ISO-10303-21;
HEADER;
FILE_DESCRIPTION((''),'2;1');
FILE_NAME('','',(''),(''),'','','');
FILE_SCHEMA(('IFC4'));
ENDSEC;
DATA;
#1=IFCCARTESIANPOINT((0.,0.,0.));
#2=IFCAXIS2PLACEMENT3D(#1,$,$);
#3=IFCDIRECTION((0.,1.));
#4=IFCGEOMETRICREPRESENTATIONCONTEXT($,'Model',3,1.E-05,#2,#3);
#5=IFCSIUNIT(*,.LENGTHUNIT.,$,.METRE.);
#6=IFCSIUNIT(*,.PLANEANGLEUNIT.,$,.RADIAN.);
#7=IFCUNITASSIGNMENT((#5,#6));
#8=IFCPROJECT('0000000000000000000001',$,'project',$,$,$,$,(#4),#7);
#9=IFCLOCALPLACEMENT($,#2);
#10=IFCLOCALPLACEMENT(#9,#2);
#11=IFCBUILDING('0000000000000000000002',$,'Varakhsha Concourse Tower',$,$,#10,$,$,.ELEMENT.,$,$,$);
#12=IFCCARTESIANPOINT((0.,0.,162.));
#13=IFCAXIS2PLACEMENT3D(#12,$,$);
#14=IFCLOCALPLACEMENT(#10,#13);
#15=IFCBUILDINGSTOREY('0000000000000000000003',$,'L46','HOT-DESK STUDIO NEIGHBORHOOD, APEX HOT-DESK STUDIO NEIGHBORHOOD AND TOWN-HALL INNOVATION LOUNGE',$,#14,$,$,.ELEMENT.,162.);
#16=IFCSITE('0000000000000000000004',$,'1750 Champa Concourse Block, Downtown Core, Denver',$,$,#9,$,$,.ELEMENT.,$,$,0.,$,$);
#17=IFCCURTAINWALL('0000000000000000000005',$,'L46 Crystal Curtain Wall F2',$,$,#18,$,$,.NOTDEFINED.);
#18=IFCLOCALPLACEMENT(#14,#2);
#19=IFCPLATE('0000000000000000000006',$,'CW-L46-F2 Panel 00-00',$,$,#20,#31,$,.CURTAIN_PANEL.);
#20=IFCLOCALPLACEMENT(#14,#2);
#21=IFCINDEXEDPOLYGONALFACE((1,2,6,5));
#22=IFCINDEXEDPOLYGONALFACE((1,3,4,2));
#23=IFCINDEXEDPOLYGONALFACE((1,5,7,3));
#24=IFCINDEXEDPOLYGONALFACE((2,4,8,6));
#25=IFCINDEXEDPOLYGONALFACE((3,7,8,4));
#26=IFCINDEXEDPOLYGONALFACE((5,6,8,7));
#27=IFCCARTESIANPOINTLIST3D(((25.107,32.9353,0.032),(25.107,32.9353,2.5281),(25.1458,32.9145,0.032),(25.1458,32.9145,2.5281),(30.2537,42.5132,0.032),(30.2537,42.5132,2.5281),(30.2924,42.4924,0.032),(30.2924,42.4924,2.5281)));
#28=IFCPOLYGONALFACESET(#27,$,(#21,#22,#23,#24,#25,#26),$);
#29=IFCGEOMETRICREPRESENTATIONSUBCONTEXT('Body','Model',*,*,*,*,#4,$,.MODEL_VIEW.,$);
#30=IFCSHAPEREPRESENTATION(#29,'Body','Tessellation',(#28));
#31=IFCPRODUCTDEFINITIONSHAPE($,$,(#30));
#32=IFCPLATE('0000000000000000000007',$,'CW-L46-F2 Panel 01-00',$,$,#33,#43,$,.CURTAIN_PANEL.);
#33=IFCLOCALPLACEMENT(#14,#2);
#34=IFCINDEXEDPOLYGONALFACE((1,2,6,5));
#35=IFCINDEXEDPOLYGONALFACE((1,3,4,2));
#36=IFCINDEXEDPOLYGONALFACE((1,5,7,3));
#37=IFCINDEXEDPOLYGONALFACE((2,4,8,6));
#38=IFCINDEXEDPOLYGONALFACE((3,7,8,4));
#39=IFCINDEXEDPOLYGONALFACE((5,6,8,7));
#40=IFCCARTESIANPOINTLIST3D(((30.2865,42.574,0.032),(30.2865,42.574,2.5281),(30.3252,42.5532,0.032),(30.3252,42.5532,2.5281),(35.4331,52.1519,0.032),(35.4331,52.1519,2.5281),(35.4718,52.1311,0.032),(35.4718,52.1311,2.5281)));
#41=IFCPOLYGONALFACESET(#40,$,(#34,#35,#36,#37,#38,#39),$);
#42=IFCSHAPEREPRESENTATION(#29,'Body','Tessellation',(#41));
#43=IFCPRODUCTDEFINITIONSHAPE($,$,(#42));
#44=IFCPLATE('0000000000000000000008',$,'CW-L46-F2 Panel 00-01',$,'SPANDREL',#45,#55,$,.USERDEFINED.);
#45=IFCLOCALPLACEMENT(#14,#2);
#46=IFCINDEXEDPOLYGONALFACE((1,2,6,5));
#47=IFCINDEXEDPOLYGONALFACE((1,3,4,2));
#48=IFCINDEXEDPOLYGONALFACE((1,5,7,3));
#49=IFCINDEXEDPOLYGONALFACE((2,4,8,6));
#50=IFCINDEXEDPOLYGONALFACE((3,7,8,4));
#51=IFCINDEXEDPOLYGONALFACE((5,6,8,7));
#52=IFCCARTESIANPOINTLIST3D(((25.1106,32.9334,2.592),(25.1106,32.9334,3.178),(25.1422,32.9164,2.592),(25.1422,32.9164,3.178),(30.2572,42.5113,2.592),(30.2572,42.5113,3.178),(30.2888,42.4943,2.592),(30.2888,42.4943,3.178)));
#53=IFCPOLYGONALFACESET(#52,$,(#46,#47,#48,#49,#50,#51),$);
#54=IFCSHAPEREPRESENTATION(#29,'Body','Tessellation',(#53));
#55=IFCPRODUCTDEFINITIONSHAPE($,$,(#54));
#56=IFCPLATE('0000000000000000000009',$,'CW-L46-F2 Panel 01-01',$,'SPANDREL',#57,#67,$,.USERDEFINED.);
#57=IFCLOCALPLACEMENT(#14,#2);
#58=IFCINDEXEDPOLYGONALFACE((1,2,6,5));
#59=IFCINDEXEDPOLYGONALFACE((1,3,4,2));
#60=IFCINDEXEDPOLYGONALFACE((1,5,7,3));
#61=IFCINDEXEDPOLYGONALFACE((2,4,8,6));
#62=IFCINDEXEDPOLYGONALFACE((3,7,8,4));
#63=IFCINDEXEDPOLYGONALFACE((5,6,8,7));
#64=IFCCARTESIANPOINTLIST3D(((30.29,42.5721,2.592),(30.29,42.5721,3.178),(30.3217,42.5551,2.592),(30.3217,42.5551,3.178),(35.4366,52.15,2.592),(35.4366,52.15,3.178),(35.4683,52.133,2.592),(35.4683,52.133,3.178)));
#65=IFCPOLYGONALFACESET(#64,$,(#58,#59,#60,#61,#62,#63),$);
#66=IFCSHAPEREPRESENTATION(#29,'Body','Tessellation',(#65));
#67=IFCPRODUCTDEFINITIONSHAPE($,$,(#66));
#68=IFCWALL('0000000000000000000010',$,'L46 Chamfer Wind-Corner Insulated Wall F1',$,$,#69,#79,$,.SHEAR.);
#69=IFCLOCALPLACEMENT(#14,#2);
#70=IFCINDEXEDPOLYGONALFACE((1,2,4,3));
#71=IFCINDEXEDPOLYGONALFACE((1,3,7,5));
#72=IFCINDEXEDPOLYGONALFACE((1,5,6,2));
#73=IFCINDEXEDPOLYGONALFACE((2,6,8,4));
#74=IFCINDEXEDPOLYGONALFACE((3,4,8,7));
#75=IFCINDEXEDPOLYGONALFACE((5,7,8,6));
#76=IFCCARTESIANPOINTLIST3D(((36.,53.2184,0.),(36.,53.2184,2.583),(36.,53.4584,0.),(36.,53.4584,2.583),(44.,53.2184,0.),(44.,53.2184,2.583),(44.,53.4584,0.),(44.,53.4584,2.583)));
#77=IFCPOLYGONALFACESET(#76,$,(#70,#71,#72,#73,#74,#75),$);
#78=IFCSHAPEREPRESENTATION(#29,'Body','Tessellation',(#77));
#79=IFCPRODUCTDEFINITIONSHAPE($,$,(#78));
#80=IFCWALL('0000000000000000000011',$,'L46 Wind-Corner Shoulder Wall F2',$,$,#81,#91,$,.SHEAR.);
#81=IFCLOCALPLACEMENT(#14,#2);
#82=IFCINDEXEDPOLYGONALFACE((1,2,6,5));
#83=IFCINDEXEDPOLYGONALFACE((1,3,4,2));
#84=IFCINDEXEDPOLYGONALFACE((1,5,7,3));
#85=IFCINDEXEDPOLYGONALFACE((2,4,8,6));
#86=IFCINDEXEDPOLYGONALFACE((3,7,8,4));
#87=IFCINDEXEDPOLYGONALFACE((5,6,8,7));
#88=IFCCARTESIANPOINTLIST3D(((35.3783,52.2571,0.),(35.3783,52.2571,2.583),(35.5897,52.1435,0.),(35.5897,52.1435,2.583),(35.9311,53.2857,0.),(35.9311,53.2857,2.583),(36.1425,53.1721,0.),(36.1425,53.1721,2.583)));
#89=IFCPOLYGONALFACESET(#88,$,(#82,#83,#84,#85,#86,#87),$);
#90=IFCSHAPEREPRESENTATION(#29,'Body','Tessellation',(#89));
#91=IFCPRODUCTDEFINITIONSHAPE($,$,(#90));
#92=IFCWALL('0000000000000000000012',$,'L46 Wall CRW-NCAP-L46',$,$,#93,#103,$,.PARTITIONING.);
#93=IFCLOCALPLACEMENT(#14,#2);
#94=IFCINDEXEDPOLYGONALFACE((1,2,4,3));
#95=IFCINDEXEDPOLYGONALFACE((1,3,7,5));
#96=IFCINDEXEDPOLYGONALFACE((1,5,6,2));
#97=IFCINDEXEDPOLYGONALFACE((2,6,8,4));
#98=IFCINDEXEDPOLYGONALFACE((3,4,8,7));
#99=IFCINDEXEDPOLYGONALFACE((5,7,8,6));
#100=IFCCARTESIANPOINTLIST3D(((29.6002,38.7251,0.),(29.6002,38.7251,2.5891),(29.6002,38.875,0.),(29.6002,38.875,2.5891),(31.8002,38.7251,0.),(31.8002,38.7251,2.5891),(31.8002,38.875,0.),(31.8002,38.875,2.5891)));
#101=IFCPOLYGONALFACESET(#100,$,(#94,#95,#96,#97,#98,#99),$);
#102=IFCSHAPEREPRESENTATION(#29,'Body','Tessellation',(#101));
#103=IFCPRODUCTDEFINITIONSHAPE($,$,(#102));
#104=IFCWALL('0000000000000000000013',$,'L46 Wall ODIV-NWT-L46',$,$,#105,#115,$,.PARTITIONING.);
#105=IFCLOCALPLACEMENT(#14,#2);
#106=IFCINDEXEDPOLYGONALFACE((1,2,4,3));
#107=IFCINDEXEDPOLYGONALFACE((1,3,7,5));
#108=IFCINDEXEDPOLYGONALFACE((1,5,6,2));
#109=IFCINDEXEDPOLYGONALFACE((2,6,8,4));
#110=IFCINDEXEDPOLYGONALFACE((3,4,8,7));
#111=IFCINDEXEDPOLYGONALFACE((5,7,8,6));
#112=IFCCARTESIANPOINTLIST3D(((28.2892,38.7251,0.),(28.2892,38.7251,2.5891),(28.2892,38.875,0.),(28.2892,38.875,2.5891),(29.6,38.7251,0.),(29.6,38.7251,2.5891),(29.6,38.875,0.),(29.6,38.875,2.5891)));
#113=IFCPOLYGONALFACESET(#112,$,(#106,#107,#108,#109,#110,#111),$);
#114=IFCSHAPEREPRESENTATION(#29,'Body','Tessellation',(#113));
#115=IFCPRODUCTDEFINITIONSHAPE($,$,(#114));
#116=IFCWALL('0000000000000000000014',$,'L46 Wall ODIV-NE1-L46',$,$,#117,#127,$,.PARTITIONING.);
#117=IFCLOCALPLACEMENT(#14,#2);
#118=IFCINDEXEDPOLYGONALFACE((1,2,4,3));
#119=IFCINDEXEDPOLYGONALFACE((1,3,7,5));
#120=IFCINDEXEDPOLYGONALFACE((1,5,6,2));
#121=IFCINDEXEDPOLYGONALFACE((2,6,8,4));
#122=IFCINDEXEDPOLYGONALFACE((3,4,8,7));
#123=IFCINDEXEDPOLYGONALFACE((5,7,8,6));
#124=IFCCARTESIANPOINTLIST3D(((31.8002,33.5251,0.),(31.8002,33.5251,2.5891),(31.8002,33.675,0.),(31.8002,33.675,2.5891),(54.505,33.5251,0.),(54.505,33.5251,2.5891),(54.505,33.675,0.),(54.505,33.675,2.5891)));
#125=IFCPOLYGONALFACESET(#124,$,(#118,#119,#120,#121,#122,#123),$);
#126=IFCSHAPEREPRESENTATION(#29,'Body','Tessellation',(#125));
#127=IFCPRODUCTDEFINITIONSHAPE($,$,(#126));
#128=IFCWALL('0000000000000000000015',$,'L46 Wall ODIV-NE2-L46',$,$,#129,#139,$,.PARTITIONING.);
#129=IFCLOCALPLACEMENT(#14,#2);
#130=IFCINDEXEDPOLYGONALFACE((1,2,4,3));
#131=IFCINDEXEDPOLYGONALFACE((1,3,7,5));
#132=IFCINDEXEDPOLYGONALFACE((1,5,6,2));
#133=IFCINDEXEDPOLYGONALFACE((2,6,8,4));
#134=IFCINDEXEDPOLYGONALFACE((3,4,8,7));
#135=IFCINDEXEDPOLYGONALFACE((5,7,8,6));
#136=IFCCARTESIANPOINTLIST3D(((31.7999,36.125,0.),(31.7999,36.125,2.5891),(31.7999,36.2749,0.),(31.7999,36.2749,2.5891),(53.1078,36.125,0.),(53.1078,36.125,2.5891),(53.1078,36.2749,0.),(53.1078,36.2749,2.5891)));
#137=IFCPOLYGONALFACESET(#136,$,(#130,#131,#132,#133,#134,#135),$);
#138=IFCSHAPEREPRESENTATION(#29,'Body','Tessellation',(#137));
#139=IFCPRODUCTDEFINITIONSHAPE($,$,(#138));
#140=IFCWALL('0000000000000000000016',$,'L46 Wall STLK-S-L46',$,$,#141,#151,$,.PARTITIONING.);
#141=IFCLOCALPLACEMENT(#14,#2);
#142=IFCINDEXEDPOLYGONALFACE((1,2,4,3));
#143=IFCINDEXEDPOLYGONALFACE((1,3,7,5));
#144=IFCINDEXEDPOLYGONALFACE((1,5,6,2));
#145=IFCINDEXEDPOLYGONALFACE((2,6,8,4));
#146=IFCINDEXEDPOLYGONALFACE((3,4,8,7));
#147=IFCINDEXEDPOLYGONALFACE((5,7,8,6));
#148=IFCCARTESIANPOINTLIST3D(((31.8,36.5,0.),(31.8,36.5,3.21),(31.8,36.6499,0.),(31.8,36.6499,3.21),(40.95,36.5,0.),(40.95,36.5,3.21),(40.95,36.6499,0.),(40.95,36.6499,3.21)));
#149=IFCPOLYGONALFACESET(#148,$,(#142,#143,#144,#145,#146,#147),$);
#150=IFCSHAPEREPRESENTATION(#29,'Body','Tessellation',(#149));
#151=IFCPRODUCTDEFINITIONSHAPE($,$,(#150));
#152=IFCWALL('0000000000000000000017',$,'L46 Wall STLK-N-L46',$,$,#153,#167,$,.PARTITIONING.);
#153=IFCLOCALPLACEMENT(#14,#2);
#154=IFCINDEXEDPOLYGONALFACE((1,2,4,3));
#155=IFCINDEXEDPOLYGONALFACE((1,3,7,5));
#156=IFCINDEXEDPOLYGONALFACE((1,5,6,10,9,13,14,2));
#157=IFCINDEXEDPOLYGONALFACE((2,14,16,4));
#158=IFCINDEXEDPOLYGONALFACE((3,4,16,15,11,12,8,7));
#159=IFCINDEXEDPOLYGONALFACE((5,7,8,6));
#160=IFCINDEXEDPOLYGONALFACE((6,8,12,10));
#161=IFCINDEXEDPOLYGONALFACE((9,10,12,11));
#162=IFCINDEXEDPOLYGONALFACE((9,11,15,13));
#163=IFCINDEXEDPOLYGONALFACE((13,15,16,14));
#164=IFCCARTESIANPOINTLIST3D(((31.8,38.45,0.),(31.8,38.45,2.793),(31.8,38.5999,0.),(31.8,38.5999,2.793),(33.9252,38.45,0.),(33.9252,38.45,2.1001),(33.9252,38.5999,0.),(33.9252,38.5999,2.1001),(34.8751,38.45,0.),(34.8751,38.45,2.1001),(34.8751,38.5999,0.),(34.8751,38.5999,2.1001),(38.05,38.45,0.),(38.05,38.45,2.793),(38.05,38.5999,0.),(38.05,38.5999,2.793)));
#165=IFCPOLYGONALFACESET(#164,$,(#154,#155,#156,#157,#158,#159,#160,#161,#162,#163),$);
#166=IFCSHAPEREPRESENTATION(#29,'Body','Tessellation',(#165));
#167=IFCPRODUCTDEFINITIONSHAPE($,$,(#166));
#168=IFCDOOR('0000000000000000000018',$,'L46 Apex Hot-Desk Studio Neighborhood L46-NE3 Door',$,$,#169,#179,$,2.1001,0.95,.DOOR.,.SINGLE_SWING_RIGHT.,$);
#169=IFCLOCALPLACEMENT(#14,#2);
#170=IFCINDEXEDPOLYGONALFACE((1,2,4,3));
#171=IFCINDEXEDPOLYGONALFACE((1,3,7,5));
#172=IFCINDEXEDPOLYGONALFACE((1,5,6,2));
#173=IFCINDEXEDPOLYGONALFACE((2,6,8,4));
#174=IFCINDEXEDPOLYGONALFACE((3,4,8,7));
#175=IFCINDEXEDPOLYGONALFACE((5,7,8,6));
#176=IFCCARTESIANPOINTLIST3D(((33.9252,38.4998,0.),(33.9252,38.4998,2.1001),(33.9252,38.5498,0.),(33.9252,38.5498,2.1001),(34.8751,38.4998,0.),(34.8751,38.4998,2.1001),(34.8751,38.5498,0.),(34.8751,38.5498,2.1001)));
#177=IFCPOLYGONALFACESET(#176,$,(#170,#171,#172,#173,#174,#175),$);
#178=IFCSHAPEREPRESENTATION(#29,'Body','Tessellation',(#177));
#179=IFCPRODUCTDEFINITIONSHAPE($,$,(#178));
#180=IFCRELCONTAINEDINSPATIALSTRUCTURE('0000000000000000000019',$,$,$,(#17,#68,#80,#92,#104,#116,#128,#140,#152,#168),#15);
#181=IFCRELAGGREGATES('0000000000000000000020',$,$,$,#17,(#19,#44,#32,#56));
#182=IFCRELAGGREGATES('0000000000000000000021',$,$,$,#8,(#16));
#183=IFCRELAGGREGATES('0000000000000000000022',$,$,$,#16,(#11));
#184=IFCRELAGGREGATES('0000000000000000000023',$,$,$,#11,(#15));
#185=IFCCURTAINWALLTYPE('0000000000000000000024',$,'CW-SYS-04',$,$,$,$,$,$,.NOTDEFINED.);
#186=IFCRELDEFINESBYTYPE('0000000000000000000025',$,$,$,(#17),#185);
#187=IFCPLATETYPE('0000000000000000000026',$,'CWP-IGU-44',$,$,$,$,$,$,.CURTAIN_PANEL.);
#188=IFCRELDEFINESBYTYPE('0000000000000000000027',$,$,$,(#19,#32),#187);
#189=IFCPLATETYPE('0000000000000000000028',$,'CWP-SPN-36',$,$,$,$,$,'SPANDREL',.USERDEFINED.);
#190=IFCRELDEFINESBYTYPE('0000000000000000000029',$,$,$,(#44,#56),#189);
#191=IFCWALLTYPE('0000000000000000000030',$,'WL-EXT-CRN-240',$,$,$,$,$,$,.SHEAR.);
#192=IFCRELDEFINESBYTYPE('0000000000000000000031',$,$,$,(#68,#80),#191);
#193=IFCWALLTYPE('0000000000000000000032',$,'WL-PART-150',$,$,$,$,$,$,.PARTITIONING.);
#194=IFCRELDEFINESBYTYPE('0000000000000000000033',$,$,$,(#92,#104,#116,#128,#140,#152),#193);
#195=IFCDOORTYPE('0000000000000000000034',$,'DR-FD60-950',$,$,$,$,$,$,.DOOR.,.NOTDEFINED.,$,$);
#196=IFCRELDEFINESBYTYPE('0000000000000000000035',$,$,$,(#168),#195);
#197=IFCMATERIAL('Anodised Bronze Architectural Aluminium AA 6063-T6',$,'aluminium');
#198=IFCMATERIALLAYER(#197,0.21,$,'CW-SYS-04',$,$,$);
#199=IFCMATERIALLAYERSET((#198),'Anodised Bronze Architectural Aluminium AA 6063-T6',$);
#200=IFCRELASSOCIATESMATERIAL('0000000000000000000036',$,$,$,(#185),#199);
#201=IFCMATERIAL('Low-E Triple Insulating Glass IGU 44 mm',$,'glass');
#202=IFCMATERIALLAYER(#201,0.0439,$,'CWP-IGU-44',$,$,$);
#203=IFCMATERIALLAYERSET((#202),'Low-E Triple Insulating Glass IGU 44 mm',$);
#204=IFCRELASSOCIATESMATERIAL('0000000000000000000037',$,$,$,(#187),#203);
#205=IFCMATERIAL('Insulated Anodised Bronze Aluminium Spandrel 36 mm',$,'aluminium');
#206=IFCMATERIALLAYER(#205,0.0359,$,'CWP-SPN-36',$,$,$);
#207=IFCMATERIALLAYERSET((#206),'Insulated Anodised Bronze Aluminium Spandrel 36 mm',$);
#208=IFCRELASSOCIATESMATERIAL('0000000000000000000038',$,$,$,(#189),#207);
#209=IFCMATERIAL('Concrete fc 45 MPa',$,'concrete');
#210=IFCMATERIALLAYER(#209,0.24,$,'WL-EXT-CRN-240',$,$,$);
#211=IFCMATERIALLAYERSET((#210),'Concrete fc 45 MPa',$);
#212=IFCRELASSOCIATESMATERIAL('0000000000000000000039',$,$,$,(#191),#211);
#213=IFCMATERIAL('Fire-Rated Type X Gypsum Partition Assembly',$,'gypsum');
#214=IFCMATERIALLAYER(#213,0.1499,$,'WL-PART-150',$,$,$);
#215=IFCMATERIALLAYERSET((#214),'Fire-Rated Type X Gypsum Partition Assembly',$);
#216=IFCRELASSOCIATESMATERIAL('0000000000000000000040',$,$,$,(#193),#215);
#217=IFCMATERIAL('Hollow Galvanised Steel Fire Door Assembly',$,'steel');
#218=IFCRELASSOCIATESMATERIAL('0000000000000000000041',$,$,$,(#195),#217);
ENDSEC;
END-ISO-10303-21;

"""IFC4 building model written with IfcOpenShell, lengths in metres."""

from ifc_helpers import new_model, si_unit, direction, frame, frame_2d, origin, origin_2d, place, context, subcontext, project, spatial, rectangle, extrude, source, transform, mapped, material, layer, layer_set, type_object, type_shapes, element, fill, aggregate, save


model = new_model("IFC4")

# Units and contexts
model_context = context("Model", 3, precision=1e-05, world=origin(), true_north=direction((0.0, 1.0)))
body_context = subcontext(model_context, "Body", "Model", "MODEL_VIEW")
ifc_project = project(units=[si_unit("LENGTHUNIT", "METRE"), si_unit("PLANEANGLEUNIT", "RADIAN")], contexts=[model_context])

# Site, building, storey
site_placement = place(None, origin())
site = spatial("IfcSite", under=ifc_project, at=site_placement, Name="1750 Champa Concourse Block, Downtown Core, Denver", CompositionType="ELEMENT", RefElevation=0.0)
building_placement = place(site_placement, origin())
building = spatial("IfcBuilding", under=site, at=building_placement, Name="Varakhsha Concourse Tower", CompositionType="ELEMENT")
storey_placement = place(building_placement, frame((0.0, 0.0, 162.0)))
storey = spatial("IfcBuildingStorey", under=building, at=storey_placement, Name="L46", Description="HOT-DESK STUDIO NEIGHBORHOOD, APEX HOT-DESK STUDIO NEIGHBORHOOD AND TOWN-HALL INNOVATION LOUNGE", CompositionType="ELEMENT", Elevation=162.0)

# Curtain wall
ifc_material_1 = material(Name="Anodised Bronze Architectural Aluminium AA 6063-T6", Category="aluminium")
ifc_layer_1 = layer(ifc_material_1, 0.21, Name="CW-SYS-04")
ifc_layer_set_1 = layer_set([ifc_layer_1], Name="Anodised Bronze Architectural Aluminium AA 6063-T6")
curtain_wall_type = type_object("IfcCurtainWallType", Name="CW-SYS-04", PredefinedType="NOTDEFINED", material=ifc_layer_set_1)
curtain_wall_1_placement = place(storey_placement, origin())
curtain_wall_1 = element("IfcCurtainWall", 1, at=curtain_wall_1_placement, inside=storey, type_object=curtain_wall_type, Name="L46 Crystal Curtain Wall F2", PredefinedType="NOTDEFINED")

# Plates
ifc_material_2 = material(Name="Low-E Triple Insulating Glass IGU 44 mm", Category="glass")
ifc_layer_2 = layer(ifc_material_2, 0.0439, Name="CWP-IGU-44")
ifc_layer_set_2 = layer_set([ifc_layer_2], Name="Low-E Triple Insulating Glass IGU 44 mm")
plate_type_1 = type_object("IfcPlateType", Name="CWP-IGU-44", PredefinedType="CURTAIN_PANEL", material=ifc_layer_set_2)
shared_shape_1 = source(origin(), body_context, "Body", "SweptSolid", [
    extrude(rectangle(XDim=10.873, YDim=0.0439, at=origin_2d()), origin(), (0.0, 0.0, 1.0), 2.4961),
])
type_shapes(plate_type_1, [shared_shape_1])
plate_1_placement = place(storey_placement, frame((27.6997, 37.7139, 0.032), z_axis=(0.0, 0.0, 1.0), x_axis=(0.473337, 0.880882, 0.0)))
plate_1 = element("IfcPlate", 2, at=plate_1_placement, type_object=plate_type_1, Name="CW-L46-F2 Panel 00-00", PredefinedType="CURTAIN_PANEL", context=body_context, shape_type="MappedRepresentation", body=[
    mapped(shared_shape_1, transform((0.0, 0.0, 0.0), scale=1.0)),
])
plate_2_placement = place(storey_placement, frame((32.8792, 47.3525, 0.032), z_axis=(0.0, 0.0, 1.0), x_axis=(0.473337, 0.880882, 0.0)))
plate_2 = element("IfcPlate", 3, at=plate_2_placement, type_object=plate_type_1, Name="CW-L46-F2 Panel 01-00", PredefinedType="CURTAIN_PANEL", context=body_context, shape_type="MappedRepresentation", body=[
    mapped(shared_shape_1, transform((0.0, 0.0, 0.0), scale=1.0)),
])
ifc_material_3 = material(Name="Insulated Anodised Bronze Aluminium Spandrel 36 mm", Category="aluminium")
ifc_layer_3 = layer(ifc_material_3, 0.0359, Name="CWP-SPN-36")
ifc_layer_set_3 = layer_set([ifc_layer_3], Name="Insulated Anodised Bronze Aluminium Spandrel 36 mm")
plate_type_2 = type_object("IfcPlateType", Name="CWP-SPN-36", ElementType="SPANDREL", PredefinedType="USERDEFINED", material=ifc_layer_set_3)
shared_shape_2 = source(origin(), body_context, "Body", "SweptSolid", [
    extrude(rectangle(XDim=10.873, YDim=0.0359, at=origin_2d()), origin(), (0.0, 0.0, 1.0), 0.5859),
])
type_shapes(plate_type_2, [shared_shape_2])
plate_3_placement = place(storey_placement, frame((27.6997, 37.7139, 2.592), z_axis=(0.0, 0.0, 1.0), x_axis=(0.473337, 0.880882, 0.0)))
plate_3 = element("IfcPlate", 4, at=plate_3_placement, type_object=plate_type_2, Name="CW-L46-F2 Panel 00-01", ObjectType="SPANDREL", PredefinedType="USERDEFINED", context=body_context, shape_type="MappedRepresentation", body=[
    mapped(shared_shape_2, transform((0.0, 0.0, 0.0), scale=1.0)),
])
plate_4_placement = place(storey_placement, frame((32.8792, 47.3525, 2.592), z_axis=(0.0, 0.0, 1.0), x_axis=(0.473337, 0.880882, 0.0)))
plate_4 = element("IfcPlate", 5, at=plate_4_placement, type_object=plate_type_2, Name="CW-L46-F2 Panel 01-01", ObjectType="SPANDREL", PredefinedType="USERDEFINED", context=body_context, shape_type="MappedRepresentation", body=[
    mapped(shared_shape_2, transform((0.0, 0.0, 0.0), scale=1.0)),
])
aggregate(curtain_wall_1, [plate_1, plate_3, plate_2, plate_4])

# Walls
ifc_material_4 = material(Name="Concrete fc 45 MPa", Category="concrete")
ifc_layer_4 = layer(ifc_material_4, 0.24, Name="WL-EXT-CRN-240")
ifc_layer_set_4 = layer_set([ifc_layer_4], Name="Concrete fc 45 MPa")
wall_type_1 = type_object("IfcWallType", Name="WL-EXT-CRN-240", PredefinedType="SHEAR", material=ifc_layer_set_4)
wall_1_placement = place(storey_placement, frame((36.0, 53.3384, 0.0), z_axis=(0.0, 0.0, 1.0), x_axis=(1.0, 0.0, 0.0)))
element("IfcWall", 6, at=wall_1_placement, inside=storey, type_object=wall_type_1, Name="L46 Chamfer Wind-Corner Insulated Wall F1", PredefinedType="SHEAR", context=body_context, shape_type="SweptSolid", body=[
    extrude(rectangle(XDim=8.0, YDim=0.24, at=frame_2d((4.0, 0.0))), origin(), (0.0, 0.0, 1.0), 2.583),
])
wall_2_placement = place(storey_placement, frame((36.0369, 53.229, 0.0), z_axis=(0.0, 0.0, 1.0), x_axis=(-0.473364, -0.880867, 0.0)))
element("IfcWall", 7, at=wall_2_placement, inside=storey, type_object=wall_type_1, Name="L46 Wind-Corner Shoulder Wall F2", PredefinedType="SHEAR", context=body_context, shape_type="SweptSolid", body=[
    extrude(rectangle(XDim=1.1677, YDim=0.24, at=frame_2d((0.584, 0.0))), origin(), (0.0, 0.0, 1.0), 2.583),
])
ifc_material_5 = material(Name="Fire-Rated Type X Gypsum Partition Assembly", Category="gypsum")
ifc_layer_5 = layer(ifc_material_5, 0.1499, Name="WL-PART-150")
ifc_layer_set_5 = layer_set([ifc_layer_5], Name="Fire-Rated Type X Gypsum Partition Assembly")
wall_type_2 = type_object("IfcWallType", Name="WL-PART-150", PredefinedType="PARTITIONING", material=ifc_layer_set_5)
wall_3_placement = place(storey_placement, frame((29.6001, 38.8, 0.0), z_axis=(0.0, 0.0, 1.0), x_axis=(1.0, 0.0, 0.0)))
element("IfcWall", 8, at=wall_3_placement, inside=storey, type_object=wall_type_2, Name="L46 Wall CRW-NCAP-L46", PredefinedType="PARTITIONING", context=body_context, shape_type="SweptSolid", body=[
    extrude(rectangle(XDim=2.2, YDim=0.1499, at=frame_2d((1.1001, 0.0))), origin(), (0.0, 0.0, 1.0), 2.5891),
])
wall_4_placement = place(storey_placement, frame((28.2893, 38.8, 0.0), z_axis=(0.0, 0.0, 1.0), x_axis=(1.0, 0.0, 0.0)))
element("IfcWall", 9, at=wall_4_placement, inside=storey, type_object=wall_type_2, Name="L46 Wall ODIV-NWT-L46", PredefinedType="PARTITIONING", context=body_context, shape_type="SweptSolid", body=[
    extrude(rectangle(XDim=1.3108, YDim=0.1499, at=frame_2d((0.6553, 0.0))), origin(), (0.0, 0.0, 1.0), 2.5891),
])
wall_5_placement = place(storey_placement, frame((31.8, 33.6001, 0.0), z_axis=(0.0, 0.0, 1.0), x_axis=(1.0, 0.0, 0.0)))
element("IfcWall", 10, at=wall_5_placement, inside=storey, type_object=wall_type_2, Name="L46 Wall ODIV-NE1-L46", PredefinedType="PARTITIONING", context=body_context, shape_type="SweptSolid", body=[
    extrude(rectangle(XDim=22.7048, YDim=0.1499, at=frame_2d((11.3525, 0.0))), origin(), (0.0, 0.0, 1.0), 2.5891),
])
wall_6_placement = place(storey_placement, frame((31.8, 36.2, 0.0), z_axis=(0.0, 0.0, 1.0), x_axis=(1.0, 0.0, 0.0)))
element("IfcWall", 11, at=wall_6_placement, inside=storey, type_object=wall_type_2, Name="L46 Wall ODIV-NE2-L46", PredefinedType="PARTITIONING", context=body_context, shape_type="SweptSolid", body=[
    extrude(rectangle(XDim=21.3079, YDim=0.1499, at=frame_2d((10.6538, 0.0))), origin(), (0.0, 0.0, 1.0), 2.5891),
])
wall_7_placement = place(storey_placement, frame((31.8, 36.575, 0.0), z_axis=(0.0, 0.0, 1.0), x_axis=(1.0, 0.0, 0.0)))
element("IfcWall", 12, at=wall_7_placement, inside=storey, type_object=wall_type_2, Name="L46 Wall STLK-S-L46", PredefinedType="PARTITIONING", context=body_context, shape_type="SweptSolid", body=[
    extrude(rectangle(XDim=9.1499, YDim=0.1499, at=frame_2d((4.575, 0.0))), origin(), (0.0, 0.0, 1.0), 3.21),
])

# Wall, opening, door
wall_8_placement = place(storey_placement, frame((31.8, 38.5249, 0.0), z_axis=(0.0, 0.0, 1.0), x_axis=(1.0, 0.0, 0.0)))
wall_8 = element("IfcWall", 13, at=wall_8_placement, inside=storey, type_object=wall_type_2, Name="L46 Wall STLK-N-L46", PredefinedType="PARTITIONING", context=body_context, shape_type="SweptSolid", body=[
    extrude(rectangle(XDim=6.25, YDim=0.1499, at=frame_2d((3.125, 0.0))), origin(), (0.0, 0.0, 1.0), 2.793),
])
opening_1_placement = place(wall_8_placement, frame((2.125, 0.0, 0.0)))
opening_1 = element("IfcOpeningElement", 14, at=opening_1_placement, cuts=wall_8, PredefinedType="OPENING", context=body_context, shape_type="SweptSolid", body=[
    extrude(rectangle(XDim=0.95, YDim=2.1001, at=frame_2d((0.4751, 1.05))), frame((0.0, 0.085, 0.0), z_axis=(0.0, -1.0, 0.0), x_axis=(1.0, 0.0, 0.0)), (0.0, 0.0, 1.0), 0.1699),
])
ifc_material_6 = material(Name="Hollow Galvanised Steel Fire Door Assembly", Category="steel")
door_type_1 = type_object("IfcDoorType", Name="DR-FD60-950", OperationType="NOTDEFINED", PredefinedType="DOOR", material=ifc_material_6)
door_1_placement = place(opening_1_placement, origin())
door_1 = element("IfcDoor", 15, at=door_1_placement, inside=storey, type_object=door_type_1, Name="L46 Apex Hot-Desk Studio Neighborhood L46-NE3 Door", OperationType="SINGLE_SWING_RIGHT", OverallHeight=2.1001, OverallWidth=0.95, PredefinedType="DOOR", context=body_context, shape_type="SweptSolid", body=[
    extrude(rectangle(XDim=0.95, YDim=2.1001, at=frame_2d((0.4751, 1.05))), frame((0.0, 0.0249, 0.0), z_axis=(0.0, -1.0, 0.0), x_axis=(1.0, 0.0, 0.0)), (0.0, 0.0, 1.0), 0.05),
])
fill(opening_1, door_1)

save(model, "model.ifc")
